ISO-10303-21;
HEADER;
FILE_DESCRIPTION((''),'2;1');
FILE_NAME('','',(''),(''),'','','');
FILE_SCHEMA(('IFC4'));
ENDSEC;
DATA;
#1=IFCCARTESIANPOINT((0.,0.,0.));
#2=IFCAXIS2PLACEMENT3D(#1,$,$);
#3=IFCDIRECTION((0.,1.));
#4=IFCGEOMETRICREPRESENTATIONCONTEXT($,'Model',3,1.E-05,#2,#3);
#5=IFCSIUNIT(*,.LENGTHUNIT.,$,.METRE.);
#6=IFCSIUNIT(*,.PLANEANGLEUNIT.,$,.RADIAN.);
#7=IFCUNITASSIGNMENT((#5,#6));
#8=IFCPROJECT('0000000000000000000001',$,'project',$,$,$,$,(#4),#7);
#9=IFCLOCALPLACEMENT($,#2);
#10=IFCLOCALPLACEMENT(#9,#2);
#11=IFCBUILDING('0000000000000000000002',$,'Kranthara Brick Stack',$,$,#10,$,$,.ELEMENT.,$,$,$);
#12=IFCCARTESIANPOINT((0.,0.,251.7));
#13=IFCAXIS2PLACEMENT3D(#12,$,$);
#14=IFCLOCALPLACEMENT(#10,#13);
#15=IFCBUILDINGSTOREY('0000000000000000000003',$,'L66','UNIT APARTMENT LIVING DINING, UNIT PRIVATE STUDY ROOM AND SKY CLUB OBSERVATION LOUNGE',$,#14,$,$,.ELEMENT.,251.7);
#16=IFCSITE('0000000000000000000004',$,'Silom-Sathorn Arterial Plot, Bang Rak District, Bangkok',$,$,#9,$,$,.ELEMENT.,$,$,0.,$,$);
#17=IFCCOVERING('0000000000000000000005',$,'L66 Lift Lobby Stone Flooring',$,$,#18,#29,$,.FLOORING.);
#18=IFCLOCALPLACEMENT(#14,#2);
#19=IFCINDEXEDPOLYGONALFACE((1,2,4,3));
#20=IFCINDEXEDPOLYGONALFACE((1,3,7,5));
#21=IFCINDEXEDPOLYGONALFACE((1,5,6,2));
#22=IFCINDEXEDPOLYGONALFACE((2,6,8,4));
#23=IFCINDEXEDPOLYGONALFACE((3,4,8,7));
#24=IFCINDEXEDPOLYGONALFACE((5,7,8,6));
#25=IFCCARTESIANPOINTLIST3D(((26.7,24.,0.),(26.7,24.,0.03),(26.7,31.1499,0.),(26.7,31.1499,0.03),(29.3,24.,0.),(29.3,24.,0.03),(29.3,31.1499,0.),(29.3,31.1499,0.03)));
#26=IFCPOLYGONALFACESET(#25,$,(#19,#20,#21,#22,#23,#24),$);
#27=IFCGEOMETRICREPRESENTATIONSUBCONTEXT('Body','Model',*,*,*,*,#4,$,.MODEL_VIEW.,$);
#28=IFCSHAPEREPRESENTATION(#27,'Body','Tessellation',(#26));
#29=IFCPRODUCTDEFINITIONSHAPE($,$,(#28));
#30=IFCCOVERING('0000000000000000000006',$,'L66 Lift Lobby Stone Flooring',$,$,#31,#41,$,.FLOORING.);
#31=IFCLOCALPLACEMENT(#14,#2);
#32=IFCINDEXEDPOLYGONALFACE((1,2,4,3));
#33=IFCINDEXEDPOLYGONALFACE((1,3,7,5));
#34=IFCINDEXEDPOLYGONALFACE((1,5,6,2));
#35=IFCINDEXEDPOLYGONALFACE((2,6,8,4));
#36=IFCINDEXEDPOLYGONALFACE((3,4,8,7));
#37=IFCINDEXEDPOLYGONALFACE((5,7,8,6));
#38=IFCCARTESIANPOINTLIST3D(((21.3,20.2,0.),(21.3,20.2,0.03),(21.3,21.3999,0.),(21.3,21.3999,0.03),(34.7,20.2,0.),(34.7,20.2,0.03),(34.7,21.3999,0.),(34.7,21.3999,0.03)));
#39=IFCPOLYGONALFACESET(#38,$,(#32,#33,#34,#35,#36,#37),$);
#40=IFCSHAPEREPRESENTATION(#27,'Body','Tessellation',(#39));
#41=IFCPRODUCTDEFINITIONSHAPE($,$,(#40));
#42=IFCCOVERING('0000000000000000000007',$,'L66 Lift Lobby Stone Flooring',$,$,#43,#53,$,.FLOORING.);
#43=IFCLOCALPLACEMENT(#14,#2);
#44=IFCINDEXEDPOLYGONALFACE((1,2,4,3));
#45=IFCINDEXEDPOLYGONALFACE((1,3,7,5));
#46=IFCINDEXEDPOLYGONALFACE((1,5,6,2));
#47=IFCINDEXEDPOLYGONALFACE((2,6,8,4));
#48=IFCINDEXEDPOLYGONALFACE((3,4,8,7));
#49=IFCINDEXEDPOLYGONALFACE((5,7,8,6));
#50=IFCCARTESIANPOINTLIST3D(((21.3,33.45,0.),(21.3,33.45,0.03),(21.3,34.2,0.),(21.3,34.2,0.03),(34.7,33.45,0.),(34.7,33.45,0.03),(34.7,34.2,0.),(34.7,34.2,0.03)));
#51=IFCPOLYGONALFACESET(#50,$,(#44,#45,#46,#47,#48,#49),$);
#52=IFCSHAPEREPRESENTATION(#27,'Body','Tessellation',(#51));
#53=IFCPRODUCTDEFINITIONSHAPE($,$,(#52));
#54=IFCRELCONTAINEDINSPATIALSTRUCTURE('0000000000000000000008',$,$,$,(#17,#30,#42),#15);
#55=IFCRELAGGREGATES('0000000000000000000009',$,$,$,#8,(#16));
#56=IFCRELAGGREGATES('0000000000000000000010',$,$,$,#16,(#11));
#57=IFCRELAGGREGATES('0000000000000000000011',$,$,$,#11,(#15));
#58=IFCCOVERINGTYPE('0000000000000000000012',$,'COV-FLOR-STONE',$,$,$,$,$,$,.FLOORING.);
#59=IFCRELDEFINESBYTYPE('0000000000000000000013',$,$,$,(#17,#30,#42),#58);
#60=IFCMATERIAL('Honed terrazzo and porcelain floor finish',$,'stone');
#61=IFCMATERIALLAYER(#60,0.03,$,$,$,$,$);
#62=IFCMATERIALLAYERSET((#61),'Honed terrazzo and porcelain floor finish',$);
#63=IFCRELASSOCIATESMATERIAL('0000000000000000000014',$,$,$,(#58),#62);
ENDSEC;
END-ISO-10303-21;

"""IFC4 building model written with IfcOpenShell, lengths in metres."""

from ifc_helpers import new_model, si_unit, direction, frame, origin, place, context, subcontext, project, spatial, polyline, outline, extrude, material, layer, layer_set, type_object, element, save


model = new_model("IFC4")

# Units and contexts
model_context = context("Model", 3, precision=1e-05, world=origin(), true_north=direction((0.0, 1.0)))
body_context = subcontext(model_context, "Body", "Model", "MODEL_VIEW")
ifc_project = project(units=[si_unit("LENGTHUNIT", "METRE"), si_unit("PLANEANGLEUNIT", "RADIAN")], contexts=[model_context])

# Site, building, storey
site_placement = place(None, origin())
site = spatial("IfcSite", under=ifc_project, at=site_placement, Name="Silom-Sathorn Arterial Plot, Bang Rak District, Bangkok", CompositionType="ELEMENT", RefElevation=0.0)
building_placement = place(site_placement, origin())
building = spatial("IfcBuilding", under=site, at=building_placement, Name="Kranthara Brick Stack", CompositionType="ELEMENT")
storey_placement = place(building_placement, frame((0.0, 0.0, 251.7)))
storey = spatial("IfcBuildingStorey", under=building, at=storey_placement, Name="L66", Description="UNIT APARTMENT LIVING DINING, UNIT PRIVATE STUDY ROOM AND SKY CLUB OBSERVATION LOUNGE", CompositionType="ELEMENT", Elevation=251.7)

# Coverings
ifc_material_1 = material(Name="Honed terrazzo and porcelain floor finish", Category="stone")
ifc_layer_1 = layer(ifc_material_1, 0.03)
ifc_layer_set_1 = layer_set([ifc_layer_1], Name="Honed terrazzo and porcelain floor finish")
covering_type_1 = type_object("IfcCoveringType", Name="COV-FLOR-STONE", PredefinedType="FLOORING", material=ifc_layer_set_1)
covering_1_placement = place(storey_placement, origin())
element("IfcCovering", 1, at=covering_1_placement, inside=storey, type_object=covering_type_1, Name="L66 Lift Lobby Stone Flooring", PredefinedType="FLOORING", context=body_context, shape_type="SweptSolid", body=[
    extrude(outline(polyline([(29.3, 24.0), (26.7, 24.0), (26.7, 31.1499), (29.3, 31.1499), (29.3, 24.0)])), origin(), (0.0, 0.0, 1.0), 0.03),
])
covering_2_placement = place(storey_placement, origin())
element("IfcCovering", 2, at=covering_2_placement, inside=storey, type_object=covering_type_1, Name="L66 Lift Lobby Stone Flooring", PredefinedType="FLOORING", context=body_context, shape_type="SweptSolid", body=[
    extrude(outline(polyline([(34.7, 20.2), (21.3, 20.2), (21.3, 21.3999), (34.7, 21.3999), (34.7, 20.2)])), origin(), (0.0, 0.0, 1.0), 0.03),
])
covering_3_placement = place(storey_placement, origin())
element("IfcCovering", 3, at=covering_3_placement, inside=storey, type_object=covering_type_1, Name="L66 Lift Lobby Stone Flooring", PredefinedType="FLOORING", context=body_context, shape_type="SweptSolid", body=[
    extrude(outline(polyline([(34.7, 33.45), (21.3, 33.45), (21.3, 34.2), (34.7, 34.2), (34.7, 33.45)])), origin(), (0.0, 0.0, 1.0), 0.03),
])

save(model, "model.ifc")
